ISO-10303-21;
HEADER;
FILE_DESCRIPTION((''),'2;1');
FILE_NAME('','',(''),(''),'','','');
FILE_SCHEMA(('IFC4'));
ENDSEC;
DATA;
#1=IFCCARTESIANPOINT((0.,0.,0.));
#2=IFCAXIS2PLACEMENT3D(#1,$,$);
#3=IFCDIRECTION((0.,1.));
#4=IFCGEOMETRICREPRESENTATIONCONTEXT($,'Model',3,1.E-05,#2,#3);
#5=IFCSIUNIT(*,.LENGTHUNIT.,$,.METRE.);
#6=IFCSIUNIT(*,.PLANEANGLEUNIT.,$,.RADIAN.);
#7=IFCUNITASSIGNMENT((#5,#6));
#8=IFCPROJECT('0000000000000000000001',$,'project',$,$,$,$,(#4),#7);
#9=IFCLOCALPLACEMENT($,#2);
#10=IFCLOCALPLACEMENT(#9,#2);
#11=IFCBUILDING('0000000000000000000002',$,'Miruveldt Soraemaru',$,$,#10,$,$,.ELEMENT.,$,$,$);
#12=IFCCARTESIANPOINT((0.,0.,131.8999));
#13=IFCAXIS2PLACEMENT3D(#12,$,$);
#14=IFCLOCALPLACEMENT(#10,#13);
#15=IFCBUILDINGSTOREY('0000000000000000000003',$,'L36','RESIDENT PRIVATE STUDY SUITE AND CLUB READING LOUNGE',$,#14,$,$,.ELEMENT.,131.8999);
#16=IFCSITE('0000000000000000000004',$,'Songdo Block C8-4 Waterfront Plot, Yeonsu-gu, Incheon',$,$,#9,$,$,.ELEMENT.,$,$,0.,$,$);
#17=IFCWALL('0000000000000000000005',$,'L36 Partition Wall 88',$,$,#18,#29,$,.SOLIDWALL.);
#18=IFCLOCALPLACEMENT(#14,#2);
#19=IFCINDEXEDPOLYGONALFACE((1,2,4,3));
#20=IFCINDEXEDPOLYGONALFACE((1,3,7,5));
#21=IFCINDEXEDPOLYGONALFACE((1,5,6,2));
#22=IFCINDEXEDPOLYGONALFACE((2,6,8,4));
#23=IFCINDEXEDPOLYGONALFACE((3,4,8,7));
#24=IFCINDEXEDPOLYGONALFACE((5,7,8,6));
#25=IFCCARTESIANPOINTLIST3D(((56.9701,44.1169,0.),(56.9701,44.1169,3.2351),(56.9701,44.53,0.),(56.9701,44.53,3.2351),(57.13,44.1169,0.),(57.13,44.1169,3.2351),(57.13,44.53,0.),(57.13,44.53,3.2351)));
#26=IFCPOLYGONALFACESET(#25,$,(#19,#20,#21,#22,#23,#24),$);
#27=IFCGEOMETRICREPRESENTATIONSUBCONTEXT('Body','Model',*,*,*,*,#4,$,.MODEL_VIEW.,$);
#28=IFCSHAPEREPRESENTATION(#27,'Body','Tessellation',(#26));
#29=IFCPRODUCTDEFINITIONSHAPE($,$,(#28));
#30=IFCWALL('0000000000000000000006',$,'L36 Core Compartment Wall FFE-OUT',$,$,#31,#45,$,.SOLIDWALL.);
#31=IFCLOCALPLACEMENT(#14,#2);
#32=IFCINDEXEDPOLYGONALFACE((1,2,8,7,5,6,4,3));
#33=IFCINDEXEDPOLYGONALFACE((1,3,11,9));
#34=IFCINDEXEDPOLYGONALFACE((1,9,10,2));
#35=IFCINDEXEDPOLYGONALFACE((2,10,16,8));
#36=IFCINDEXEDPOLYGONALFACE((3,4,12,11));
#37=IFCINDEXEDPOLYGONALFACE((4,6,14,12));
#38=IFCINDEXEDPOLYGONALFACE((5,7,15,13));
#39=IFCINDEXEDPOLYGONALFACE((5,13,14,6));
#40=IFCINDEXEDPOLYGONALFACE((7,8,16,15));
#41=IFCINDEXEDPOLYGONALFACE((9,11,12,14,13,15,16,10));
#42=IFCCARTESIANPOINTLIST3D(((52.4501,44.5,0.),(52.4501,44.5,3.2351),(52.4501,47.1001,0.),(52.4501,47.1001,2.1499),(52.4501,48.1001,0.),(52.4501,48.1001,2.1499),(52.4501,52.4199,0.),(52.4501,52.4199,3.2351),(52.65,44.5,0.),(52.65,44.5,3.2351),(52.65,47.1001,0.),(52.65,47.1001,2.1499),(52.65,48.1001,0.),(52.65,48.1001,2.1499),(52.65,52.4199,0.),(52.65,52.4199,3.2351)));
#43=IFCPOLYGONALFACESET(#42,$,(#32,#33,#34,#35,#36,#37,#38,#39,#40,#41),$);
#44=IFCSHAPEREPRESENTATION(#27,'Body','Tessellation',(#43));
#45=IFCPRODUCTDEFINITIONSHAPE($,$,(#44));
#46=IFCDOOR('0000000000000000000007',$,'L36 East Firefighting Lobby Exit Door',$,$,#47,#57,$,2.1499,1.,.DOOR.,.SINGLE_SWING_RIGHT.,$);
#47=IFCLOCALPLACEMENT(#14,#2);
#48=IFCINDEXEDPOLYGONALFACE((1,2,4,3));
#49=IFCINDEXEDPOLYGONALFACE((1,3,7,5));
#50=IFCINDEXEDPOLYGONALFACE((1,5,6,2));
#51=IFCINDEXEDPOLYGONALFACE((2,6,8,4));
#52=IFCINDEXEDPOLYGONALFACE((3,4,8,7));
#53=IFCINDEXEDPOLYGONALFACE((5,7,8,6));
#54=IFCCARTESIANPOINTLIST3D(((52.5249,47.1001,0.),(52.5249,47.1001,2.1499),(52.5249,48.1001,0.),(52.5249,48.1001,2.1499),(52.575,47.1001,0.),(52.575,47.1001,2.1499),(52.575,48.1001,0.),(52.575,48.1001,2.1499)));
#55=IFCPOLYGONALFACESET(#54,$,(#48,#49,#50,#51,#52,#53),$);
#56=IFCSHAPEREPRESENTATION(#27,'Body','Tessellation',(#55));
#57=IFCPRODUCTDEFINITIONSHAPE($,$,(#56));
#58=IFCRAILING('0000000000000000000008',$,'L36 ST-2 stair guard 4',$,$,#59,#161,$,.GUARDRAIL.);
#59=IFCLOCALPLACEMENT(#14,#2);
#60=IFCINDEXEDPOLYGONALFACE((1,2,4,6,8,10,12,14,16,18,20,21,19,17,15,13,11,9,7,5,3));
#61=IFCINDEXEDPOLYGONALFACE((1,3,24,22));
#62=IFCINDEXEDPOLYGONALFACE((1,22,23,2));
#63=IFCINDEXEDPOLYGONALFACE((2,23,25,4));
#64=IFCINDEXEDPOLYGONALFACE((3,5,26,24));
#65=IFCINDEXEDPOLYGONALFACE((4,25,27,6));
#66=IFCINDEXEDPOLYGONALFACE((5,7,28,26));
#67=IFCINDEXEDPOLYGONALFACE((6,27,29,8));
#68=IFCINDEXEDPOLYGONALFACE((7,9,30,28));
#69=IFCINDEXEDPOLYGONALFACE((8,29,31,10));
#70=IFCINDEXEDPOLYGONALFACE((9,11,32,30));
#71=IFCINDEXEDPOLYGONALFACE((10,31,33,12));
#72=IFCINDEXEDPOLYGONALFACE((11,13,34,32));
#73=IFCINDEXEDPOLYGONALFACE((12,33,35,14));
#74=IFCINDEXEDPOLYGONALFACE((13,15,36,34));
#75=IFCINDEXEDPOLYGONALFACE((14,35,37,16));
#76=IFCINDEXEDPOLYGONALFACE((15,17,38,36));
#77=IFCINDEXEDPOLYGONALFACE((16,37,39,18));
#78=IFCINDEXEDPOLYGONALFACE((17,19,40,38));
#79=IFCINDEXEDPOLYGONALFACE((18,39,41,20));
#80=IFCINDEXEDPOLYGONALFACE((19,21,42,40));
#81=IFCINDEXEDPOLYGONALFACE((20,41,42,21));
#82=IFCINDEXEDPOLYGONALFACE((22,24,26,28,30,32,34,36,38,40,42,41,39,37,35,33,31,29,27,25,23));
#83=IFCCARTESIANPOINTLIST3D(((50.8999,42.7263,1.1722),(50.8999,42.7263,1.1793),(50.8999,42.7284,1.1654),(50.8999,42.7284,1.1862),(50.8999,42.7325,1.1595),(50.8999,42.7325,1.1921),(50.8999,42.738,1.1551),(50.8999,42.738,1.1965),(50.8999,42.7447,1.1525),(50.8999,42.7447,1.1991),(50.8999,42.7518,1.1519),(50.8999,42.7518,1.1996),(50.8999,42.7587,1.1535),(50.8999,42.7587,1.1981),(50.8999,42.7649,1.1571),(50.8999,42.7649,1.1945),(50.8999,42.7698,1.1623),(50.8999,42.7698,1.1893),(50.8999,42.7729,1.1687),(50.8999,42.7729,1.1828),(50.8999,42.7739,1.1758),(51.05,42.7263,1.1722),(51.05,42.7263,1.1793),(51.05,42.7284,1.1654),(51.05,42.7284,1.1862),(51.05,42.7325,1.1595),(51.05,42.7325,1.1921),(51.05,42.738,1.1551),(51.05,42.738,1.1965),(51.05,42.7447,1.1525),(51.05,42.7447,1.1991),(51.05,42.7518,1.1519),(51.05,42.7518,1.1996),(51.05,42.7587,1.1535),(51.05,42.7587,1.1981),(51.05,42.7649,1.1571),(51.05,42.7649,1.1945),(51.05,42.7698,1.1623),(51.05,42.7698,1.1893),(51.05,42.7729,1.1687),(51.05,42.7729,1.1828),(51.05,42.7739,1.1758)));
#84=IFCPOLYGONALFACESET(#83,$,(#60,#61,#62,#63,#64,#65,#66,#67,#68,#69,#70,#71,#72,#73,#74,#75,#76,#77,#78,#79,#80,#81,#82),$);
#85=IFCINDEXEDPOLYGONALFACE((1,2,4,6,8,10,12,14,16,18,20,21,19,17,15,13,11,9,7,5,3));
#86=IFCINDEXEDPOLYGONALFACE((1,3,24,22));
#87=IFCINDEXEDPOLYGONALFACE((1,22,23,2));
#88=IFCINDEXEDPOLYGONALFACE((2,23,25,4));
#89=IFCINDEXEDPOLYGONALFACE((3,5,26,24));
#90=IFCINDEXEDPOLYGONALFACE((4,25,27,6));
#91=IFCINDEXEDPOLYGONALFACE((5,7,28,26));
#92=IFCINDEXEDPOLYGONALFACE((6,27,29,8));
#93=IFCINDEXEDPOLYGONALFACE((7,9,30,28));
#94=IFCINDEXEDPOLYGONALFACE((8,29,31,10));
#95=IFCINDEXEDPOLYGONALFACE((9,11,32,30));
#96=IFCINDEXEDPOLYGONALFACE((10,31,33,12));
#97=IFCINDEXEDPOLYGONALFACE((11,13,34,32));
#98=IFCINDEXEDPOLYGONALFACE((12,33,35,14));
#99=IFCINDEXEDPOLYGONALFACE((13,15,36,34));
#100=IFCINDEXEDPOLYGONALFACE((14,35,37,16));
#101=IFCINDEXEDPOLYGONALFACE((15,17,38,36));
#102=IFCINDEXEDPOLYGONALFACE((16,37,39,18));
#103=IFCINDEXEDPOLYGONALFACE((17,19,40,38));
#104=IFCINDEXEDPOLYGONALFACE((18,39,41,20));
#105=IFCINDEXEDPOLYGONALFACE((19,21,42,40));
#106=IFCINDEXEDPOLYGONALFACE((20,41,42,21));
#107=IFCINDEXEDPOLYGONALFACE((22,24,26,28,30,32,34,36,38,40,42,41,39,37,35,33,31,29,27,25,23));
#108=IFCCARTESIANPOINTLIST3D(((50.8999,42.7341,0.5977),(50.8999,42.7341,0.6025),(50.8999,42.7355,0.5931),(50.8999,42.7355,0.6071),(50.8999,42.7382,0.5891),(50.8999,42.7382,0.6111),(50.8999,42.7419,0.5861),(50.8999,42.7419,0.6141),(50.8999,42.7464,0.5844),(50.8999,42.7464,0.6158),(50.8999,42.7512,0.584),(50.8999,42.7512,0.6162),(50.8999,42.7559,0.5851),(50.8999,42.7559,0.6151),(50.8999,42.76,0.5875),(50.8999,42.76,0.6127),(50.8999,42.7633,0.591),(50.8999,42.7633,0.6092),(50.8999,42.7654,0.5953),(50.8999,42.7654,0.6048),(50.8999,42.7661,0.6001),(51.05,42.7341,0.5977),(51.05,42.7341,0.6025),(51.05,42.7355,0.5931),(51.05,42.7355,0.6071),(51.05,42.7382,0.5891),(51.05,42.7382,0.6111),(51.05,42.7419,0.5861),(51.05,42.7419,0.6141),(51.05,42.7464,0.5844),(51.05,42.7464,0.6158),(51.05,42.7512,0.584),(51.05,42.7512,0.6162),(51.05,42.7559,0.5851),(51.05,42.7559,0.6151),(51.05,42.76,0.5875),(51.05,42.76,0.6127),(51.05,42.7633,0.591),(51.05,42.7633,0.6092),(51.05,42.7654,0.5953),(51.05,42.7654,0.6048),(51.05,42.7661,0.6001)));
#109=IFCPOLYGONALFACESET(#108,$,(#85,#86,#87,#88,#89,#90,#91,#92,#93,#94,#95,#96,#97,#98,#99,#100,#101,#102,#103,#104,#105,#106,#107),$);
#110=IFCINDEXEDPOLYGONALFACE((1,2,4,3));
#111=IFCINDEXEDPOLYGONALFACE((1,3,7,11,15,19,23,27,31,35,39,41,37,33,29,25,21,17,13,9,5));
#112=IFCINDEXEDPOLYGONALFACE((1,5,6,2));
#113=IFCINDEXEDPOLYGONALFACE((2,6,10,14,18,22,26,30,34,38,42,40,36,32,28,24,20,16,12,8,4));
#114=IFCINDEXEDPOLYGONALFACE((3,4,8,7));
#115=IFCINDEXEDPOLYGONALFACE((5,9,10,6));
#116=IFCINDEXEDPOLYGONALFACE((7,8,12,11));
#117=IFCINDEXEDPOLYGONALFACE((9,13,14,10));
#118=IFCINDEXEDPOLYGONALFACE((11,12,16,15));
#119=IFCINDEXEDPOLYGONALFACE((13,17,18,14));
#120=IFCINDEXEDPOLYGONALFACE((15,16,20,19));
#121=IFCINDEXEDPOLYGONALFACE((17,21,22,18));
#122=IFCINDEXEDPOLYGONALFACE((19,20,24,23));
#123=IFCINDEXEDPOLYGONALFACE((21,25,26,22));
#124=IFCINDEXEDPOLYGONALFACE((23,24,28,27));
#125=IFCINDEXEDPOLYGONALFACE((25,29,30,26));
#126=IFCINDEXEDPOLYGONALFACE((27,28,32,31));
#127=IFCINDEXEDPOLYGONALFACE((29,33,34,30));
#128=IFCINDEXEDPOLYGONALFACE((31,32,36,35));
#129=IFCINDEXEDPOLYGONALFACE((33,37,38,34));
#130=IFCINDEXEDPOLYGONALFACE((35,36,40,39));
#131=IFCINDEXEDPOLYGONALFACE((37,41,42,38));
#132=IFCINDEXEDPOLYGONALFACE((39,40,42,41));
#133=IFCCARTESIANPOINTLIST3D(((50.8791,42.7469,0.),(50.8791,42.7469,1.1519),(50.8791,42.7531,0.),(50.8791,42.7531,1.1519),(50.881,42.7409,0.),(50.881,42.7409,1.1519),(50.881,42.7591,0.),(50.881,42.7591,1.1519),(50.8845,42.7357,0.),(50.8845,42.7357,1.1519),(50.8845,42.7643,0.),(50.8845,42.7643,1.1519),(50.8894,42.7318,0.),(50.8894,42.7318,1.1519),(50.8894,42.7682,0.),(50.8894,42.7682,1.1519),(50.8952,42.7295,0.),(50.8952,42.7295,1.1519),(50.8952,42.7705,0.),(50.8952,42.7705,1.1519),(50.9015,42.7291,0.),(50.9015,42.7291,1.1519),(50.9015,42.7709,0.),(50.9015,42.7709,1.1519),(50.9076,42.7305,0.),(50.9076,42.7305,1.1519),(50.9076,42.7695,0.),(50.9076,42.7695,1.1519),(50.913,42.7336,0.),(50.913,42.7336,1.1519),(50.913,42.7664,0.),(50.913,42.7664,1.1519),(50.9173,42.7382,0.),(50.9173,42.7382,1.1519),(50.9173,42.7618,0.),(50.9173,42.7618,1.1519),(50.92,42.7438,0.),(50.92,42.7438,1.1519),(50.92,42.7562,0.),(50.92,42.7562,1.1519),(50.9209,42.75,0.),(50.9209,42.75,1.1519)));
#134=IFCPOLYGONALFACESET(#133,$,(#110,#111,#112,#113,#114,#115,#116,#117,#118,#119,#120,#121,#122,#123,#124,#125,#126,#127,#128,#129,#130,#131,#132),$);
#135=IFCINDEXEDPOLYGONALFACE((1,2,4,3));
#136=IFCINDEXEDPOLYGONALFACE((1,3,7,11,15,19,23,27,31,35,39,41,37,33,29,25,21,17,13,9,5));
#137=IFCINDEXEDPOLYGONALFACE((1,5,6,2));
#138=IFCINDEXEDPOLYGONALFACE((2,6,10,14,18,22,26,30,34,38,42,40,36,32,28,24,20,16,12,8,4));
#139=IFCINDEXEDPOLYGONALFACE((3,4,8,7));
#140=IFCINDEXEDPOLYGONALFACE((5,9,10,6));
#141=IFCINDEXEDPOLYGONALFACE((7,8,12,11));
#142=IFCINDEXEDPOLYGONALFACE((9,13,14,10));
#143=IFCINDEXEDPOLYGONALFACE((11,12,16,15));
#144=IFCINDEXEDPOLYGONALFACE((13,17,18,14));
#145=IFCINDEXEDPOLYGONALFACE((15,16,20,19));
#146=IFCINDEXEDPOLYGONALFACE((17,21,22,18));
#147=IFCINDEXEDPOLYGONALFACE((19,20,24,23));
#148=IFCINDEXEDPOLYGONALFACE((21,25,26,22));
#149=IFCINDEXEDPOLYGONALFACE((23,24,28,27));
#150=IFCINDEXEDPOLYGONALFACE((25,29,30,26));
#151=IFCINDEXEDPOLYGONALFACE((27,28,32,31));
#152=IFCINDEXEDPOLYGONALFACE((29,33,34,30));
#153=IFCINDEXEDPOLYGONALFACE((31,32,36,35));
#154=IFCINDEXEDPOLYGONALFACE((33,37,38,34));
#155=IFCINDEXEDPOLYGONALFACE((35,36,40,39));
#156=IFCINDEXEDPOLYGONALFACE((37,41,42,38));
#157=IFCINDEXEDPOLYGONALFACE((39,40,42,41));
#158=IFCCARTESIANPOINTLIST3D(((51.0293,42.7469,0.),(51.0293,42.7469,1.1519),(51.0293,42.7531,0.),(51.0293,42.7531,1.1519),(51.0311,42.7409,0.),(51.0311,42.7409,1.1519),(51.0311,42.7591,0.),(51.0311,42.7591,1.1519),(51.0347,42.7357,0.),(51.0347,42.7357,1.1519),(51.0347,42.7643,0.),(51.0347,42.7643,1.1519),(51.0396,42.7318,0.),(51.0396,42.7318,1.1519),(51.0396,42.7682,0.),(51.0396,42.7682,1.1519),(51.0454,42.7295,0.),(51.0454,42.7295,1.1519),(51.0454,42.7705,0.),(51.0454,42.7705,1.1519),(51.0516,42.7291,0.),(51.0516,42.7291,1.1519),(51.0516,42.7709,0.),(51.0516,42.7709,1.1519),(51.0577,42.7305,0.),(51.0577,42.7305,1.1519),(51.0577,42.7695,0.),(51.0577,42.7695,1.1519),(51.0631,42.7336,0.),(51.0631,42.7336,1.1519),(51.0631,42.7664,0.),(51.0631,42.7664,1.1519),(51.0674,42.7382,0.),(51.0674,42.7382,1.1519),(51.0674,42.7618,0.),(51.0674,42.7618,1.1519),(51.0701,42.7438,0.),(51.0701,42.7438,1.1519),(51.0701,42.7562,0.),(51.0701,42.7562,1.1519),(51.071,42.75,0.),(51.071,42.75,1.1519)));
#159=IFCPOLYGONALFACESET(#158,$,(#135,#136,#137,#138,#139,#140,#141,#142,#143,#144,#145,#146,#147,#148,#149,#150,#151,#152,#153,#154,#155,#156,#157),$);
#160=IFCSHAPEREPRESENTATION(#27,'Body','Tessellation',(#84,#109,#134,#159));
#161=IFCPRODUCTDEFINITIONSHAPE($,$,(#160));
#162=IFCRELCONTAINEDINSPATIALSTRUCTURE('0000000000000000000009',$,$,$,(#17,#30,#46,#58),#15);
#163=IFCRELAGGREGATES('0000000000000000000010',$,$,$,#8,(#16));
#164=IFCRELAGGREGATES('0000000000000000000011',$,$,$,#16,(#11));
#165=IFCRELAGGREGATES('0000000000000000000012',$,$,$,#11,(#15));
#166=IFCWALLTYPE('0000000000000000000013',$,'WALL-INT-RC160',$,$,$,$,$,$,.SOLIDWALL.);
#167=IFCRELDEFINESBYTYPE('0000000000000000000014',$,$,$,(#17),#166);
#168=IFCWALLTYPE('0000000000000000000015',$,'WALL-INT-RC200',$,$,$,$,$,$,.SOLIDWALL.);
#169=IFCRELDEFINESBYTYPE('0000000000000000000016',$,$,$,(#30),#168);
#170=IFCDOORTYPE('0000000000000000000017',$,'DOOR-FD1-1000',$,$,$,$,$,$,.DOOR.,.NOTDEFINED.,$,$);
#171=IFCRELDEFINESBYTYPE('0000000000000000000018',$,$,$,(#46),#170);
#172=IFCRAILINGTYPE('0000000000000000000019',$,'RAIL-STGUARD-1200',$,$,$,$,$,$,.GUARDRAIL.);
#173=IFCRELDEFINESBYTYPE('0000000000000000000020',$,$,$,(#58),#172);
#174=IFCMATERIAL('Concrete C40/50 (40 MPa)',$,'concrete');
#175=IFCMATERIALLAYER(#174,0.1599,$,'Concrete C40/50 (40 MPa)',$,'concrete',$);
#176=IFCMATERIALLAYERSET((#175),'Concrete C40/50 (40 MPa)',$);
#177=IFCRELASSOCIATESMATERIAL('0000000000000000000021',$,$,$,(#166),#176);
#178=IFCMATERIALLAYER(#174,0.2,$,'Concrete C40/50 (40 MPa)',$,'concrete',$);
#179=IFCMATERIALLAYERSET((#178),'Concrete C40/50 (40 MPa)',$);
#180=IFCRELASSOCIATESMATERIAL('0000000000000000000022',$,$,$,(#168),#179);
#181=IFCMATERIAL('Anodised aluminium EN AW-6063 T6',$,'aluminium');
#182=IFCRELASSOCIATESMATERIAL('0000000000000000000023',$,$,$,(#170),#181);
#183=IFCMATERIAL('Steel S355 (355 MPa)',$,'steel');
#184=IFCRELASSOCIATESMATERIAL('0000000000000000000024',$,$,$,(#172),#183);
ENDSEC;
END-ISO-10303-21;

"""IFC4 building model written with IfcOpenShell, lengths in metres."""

from ifc_helpers import new_model, si_unit, direction, frame, frame_2d, origin, origin_2d, place, context, subcontext, project, spatial, rectangle, circle, extrude, material, layer, layer_set, type_object, element, fill, save


model = new_model("IFC4")

# Units and contexts
model_context = context("Model", 3, precision=1e-05, world=origin(), true_north=direction((0.0, 1.0)))
body_context = subcontext(model_context, "Body", "Model", "MODEL_VIEW")
ifc_project = project(units=[si_unit("LENGTHUNIT", "METRE"), si_unit("PLANEANGLEUNIT", "RADIAN")], contexts=[model_context])

# Site, building, storey
site_placement = place(None, origin())
site = spatial("IfcSite", under=ifc_project, at=site_placement, Name="Songdo Block C8-4 Waterfront Plot, Yeonsu-gu, Incheon", CompositionType="ELEMENT", RefElevation=0.0)
building_placement = place(site_placement, origin())
building = spatial("IfcBuilding", under=site, at=building_placement, Name="Miruveldt Soraemaru", CompositionType="ELEMENT")
storey_placement = place(building_placement, frame((0.0, 0.0, 131.8999)))
storey = spatial("IfcBuildingStorey", under=building, at=storey_placement, Name="L36", Description="RESIDENT PRIVATE STUDY SUITE AND CLUB READING LOUNGE", CompositionType="ELEMENT", Elevation=131.8999)

# Shared definitions
ifc_material_1 = material(Name="Anodised aluminium EN AW-6063 T6", Category="aluminium")

# Shared definitions
ifc_material_2 = material(Name="Concrete C40/50 (40 MPa)", Category="concrete")
ifc_layer_1 = layer(ifc_material_2, 0.1599, Name="Concrete C40/50 (40 MPa)", Category="concrete")
ifc_layer_set_1 = layer_set([ifc_layer_1], Name="Concrete C40/50 (40 MPa)")
wall_type_1 = type_object("IfcWallType", Name="WALL-INT-RC160", PredefinedType="SOLIDWALL", material=ifc_layer_set_1)

# Wall
wall_1_placement = place(storey_placement, frame((57.05, 44.1169, 0.0), z_axis=(0.0, 0.0, 1.0), x_axis=(0.0, 1.0, 0.0)))
element("IfcWall", 1, at=wall_1_placement, inside=storey, type_object=wall_type_1, Name="L36 Partition Wall 88", PredefinedType="SOLIDWALL", context=body_context, shape_type="SweptSolid", body=[
    extrude(rectangle(XDim=0.4131, YDim=0.1599, at=frame_2d((0.2065, 0.0))), origin(), (0.0, 0.0, 1.0), 3.2351),
])

# Wall, opening, door
ifc_layer_2 = layer(ifc_material_2, 0.2, Name="Concrete C40/50 (40 MPa)", Category="concrete")
ifc_layer_set_2 = layer_set([ifc_layer_2], Name="Concrete C40/50 (40 MPa)")
wall_type_2 = type_object("IfcWallType", Name="WALL-INT-RC200", PredefinedType="SOLIDWALL", material=ifc_layer_set_2)
wall_2_placement = place(storey_placement, frame((52.55, 44.5, 0.0), z_axis=(0.0, 0.0, 1.0), x_axis=(0.0, 1.0, 0.0)))
wall_2 = element("IfcWall", 2, at=wall_2_placement, inside=storey, type_object=wall_type_2, Name="L36 Core Compartment Wall FFE-OUT", PredefinedType="SOLIDWALL", context=body_context, shape_type="SweptSolid", body=[
    extrude(rectangle(XDim=7.9199, YDim=0.2, at=frame_2d((3.96, 0.0))), origin(), (0.0, 0.0, 1.0), 3.2351),
])
opening_1_placement = place(wall_2_placement, frame((2.6001, 0.0, 0.0)))
opening_1 = element("IfcOpeningElement", 3, at=opening_1_placement, cuts=wall_2, PredefinedType="OPENING", context=body_context, shape_type="SweptSolid", body=[
    extrude(rectangle(XDim=1.0, YDim=2.1499, at=frame_2d((0.5, 1.075))), frame((0.0, 0.1099, 0.0), z_axis=(0.0, -1.0, 0.0), x_axis=(1.0, 0.0, 0.0)), (0.0, 0.0, 1.0), 0.22),
])
door_type_1 = type_object("IfcDoorType", Name="DOOR-FD1-1000", OperationType="NOTDEFINED", PredefinedType="DOOR", material=ifc_material_1)
door_1_placement = place(opening_1_placement, frame((1.0, 0.0, 0.0), z_axis=(0.0, 0.0, 1.0), x_axis=(-1.0, 0.0, 0.0)))
door_1 = element("IfcDoor", 4, at=door_1_placement, inside=storey, type_object=door_type_1, Name="L36 East Firefighting Lobby Exit Door", OperationType="SINGLE_SWING_RIGHT", OverallHeight=2.1499, OverallWidth=1.0, PredefinedType="DOOR", context=body_context, shape_type="SweptSolid", body=[
    extrude(rectangle(XDim=1.0, YDim=2.1499, at=frame_2d((0.5, 1.075))), frame((0.0, 0.0249, 0.0), z_axis=(0.0, -1.0, 0.0), x_axis=(1.0, 0.0, 0.0)), (0.0, 0.0, 1.0), 0.05),
])
fill(opening_1, door_1)

# Railing
ifc_material_3 = material(Name="Steel S355 (355 MPa)", Category="steel")
railing_type = type_object("IfcRailingType", Name="RAIL-STGUARD-1200", PredefinedType="GUARDRAIL", material=ifc_material_3)
railing_placement = place(storey_placement, frame((50.8999, 42.75, 0.0)))
element("IfcRailing", 5, at=railing_placement, inside=storey, type_object=railing_type, Name="L36 ST-2 stair guard 4", PredefinedType="GUARDRAIL", context=body_context, shape_type="SweptSolid", body=[
    extrude(circle(Radius=0.0239, at=origin_2d()), frame((0.0, 0.0, 1.1758), z_axis=(1.0, 0.0, 0.0), x_axis=(0.0, 1.0, 0.0)), (0.0, 0.0, 1.0), 0.1501),
    extrude(circle(Radius=0.0161, at=origin_2d()), frame((0.0, 0.0, 0.6001), z_axis=(1.0, 0.0, 0.0), x_axis=(0.0, 1.0, 0.0)), (0.0, 0.0, 1.0), 0.1501),
    extrude(circle(Radius=0.021, at=origin_2d()), origin(), (0.0, 0.0, 1.0), 1.1519),
    extrude(circle(Radius=0.021, at=origin_2d()), frame((0.1501, 0.0, 0.0)), (0.0, 0.0, 1.0), 1.1519),
])

save(model, "model.ifc")
